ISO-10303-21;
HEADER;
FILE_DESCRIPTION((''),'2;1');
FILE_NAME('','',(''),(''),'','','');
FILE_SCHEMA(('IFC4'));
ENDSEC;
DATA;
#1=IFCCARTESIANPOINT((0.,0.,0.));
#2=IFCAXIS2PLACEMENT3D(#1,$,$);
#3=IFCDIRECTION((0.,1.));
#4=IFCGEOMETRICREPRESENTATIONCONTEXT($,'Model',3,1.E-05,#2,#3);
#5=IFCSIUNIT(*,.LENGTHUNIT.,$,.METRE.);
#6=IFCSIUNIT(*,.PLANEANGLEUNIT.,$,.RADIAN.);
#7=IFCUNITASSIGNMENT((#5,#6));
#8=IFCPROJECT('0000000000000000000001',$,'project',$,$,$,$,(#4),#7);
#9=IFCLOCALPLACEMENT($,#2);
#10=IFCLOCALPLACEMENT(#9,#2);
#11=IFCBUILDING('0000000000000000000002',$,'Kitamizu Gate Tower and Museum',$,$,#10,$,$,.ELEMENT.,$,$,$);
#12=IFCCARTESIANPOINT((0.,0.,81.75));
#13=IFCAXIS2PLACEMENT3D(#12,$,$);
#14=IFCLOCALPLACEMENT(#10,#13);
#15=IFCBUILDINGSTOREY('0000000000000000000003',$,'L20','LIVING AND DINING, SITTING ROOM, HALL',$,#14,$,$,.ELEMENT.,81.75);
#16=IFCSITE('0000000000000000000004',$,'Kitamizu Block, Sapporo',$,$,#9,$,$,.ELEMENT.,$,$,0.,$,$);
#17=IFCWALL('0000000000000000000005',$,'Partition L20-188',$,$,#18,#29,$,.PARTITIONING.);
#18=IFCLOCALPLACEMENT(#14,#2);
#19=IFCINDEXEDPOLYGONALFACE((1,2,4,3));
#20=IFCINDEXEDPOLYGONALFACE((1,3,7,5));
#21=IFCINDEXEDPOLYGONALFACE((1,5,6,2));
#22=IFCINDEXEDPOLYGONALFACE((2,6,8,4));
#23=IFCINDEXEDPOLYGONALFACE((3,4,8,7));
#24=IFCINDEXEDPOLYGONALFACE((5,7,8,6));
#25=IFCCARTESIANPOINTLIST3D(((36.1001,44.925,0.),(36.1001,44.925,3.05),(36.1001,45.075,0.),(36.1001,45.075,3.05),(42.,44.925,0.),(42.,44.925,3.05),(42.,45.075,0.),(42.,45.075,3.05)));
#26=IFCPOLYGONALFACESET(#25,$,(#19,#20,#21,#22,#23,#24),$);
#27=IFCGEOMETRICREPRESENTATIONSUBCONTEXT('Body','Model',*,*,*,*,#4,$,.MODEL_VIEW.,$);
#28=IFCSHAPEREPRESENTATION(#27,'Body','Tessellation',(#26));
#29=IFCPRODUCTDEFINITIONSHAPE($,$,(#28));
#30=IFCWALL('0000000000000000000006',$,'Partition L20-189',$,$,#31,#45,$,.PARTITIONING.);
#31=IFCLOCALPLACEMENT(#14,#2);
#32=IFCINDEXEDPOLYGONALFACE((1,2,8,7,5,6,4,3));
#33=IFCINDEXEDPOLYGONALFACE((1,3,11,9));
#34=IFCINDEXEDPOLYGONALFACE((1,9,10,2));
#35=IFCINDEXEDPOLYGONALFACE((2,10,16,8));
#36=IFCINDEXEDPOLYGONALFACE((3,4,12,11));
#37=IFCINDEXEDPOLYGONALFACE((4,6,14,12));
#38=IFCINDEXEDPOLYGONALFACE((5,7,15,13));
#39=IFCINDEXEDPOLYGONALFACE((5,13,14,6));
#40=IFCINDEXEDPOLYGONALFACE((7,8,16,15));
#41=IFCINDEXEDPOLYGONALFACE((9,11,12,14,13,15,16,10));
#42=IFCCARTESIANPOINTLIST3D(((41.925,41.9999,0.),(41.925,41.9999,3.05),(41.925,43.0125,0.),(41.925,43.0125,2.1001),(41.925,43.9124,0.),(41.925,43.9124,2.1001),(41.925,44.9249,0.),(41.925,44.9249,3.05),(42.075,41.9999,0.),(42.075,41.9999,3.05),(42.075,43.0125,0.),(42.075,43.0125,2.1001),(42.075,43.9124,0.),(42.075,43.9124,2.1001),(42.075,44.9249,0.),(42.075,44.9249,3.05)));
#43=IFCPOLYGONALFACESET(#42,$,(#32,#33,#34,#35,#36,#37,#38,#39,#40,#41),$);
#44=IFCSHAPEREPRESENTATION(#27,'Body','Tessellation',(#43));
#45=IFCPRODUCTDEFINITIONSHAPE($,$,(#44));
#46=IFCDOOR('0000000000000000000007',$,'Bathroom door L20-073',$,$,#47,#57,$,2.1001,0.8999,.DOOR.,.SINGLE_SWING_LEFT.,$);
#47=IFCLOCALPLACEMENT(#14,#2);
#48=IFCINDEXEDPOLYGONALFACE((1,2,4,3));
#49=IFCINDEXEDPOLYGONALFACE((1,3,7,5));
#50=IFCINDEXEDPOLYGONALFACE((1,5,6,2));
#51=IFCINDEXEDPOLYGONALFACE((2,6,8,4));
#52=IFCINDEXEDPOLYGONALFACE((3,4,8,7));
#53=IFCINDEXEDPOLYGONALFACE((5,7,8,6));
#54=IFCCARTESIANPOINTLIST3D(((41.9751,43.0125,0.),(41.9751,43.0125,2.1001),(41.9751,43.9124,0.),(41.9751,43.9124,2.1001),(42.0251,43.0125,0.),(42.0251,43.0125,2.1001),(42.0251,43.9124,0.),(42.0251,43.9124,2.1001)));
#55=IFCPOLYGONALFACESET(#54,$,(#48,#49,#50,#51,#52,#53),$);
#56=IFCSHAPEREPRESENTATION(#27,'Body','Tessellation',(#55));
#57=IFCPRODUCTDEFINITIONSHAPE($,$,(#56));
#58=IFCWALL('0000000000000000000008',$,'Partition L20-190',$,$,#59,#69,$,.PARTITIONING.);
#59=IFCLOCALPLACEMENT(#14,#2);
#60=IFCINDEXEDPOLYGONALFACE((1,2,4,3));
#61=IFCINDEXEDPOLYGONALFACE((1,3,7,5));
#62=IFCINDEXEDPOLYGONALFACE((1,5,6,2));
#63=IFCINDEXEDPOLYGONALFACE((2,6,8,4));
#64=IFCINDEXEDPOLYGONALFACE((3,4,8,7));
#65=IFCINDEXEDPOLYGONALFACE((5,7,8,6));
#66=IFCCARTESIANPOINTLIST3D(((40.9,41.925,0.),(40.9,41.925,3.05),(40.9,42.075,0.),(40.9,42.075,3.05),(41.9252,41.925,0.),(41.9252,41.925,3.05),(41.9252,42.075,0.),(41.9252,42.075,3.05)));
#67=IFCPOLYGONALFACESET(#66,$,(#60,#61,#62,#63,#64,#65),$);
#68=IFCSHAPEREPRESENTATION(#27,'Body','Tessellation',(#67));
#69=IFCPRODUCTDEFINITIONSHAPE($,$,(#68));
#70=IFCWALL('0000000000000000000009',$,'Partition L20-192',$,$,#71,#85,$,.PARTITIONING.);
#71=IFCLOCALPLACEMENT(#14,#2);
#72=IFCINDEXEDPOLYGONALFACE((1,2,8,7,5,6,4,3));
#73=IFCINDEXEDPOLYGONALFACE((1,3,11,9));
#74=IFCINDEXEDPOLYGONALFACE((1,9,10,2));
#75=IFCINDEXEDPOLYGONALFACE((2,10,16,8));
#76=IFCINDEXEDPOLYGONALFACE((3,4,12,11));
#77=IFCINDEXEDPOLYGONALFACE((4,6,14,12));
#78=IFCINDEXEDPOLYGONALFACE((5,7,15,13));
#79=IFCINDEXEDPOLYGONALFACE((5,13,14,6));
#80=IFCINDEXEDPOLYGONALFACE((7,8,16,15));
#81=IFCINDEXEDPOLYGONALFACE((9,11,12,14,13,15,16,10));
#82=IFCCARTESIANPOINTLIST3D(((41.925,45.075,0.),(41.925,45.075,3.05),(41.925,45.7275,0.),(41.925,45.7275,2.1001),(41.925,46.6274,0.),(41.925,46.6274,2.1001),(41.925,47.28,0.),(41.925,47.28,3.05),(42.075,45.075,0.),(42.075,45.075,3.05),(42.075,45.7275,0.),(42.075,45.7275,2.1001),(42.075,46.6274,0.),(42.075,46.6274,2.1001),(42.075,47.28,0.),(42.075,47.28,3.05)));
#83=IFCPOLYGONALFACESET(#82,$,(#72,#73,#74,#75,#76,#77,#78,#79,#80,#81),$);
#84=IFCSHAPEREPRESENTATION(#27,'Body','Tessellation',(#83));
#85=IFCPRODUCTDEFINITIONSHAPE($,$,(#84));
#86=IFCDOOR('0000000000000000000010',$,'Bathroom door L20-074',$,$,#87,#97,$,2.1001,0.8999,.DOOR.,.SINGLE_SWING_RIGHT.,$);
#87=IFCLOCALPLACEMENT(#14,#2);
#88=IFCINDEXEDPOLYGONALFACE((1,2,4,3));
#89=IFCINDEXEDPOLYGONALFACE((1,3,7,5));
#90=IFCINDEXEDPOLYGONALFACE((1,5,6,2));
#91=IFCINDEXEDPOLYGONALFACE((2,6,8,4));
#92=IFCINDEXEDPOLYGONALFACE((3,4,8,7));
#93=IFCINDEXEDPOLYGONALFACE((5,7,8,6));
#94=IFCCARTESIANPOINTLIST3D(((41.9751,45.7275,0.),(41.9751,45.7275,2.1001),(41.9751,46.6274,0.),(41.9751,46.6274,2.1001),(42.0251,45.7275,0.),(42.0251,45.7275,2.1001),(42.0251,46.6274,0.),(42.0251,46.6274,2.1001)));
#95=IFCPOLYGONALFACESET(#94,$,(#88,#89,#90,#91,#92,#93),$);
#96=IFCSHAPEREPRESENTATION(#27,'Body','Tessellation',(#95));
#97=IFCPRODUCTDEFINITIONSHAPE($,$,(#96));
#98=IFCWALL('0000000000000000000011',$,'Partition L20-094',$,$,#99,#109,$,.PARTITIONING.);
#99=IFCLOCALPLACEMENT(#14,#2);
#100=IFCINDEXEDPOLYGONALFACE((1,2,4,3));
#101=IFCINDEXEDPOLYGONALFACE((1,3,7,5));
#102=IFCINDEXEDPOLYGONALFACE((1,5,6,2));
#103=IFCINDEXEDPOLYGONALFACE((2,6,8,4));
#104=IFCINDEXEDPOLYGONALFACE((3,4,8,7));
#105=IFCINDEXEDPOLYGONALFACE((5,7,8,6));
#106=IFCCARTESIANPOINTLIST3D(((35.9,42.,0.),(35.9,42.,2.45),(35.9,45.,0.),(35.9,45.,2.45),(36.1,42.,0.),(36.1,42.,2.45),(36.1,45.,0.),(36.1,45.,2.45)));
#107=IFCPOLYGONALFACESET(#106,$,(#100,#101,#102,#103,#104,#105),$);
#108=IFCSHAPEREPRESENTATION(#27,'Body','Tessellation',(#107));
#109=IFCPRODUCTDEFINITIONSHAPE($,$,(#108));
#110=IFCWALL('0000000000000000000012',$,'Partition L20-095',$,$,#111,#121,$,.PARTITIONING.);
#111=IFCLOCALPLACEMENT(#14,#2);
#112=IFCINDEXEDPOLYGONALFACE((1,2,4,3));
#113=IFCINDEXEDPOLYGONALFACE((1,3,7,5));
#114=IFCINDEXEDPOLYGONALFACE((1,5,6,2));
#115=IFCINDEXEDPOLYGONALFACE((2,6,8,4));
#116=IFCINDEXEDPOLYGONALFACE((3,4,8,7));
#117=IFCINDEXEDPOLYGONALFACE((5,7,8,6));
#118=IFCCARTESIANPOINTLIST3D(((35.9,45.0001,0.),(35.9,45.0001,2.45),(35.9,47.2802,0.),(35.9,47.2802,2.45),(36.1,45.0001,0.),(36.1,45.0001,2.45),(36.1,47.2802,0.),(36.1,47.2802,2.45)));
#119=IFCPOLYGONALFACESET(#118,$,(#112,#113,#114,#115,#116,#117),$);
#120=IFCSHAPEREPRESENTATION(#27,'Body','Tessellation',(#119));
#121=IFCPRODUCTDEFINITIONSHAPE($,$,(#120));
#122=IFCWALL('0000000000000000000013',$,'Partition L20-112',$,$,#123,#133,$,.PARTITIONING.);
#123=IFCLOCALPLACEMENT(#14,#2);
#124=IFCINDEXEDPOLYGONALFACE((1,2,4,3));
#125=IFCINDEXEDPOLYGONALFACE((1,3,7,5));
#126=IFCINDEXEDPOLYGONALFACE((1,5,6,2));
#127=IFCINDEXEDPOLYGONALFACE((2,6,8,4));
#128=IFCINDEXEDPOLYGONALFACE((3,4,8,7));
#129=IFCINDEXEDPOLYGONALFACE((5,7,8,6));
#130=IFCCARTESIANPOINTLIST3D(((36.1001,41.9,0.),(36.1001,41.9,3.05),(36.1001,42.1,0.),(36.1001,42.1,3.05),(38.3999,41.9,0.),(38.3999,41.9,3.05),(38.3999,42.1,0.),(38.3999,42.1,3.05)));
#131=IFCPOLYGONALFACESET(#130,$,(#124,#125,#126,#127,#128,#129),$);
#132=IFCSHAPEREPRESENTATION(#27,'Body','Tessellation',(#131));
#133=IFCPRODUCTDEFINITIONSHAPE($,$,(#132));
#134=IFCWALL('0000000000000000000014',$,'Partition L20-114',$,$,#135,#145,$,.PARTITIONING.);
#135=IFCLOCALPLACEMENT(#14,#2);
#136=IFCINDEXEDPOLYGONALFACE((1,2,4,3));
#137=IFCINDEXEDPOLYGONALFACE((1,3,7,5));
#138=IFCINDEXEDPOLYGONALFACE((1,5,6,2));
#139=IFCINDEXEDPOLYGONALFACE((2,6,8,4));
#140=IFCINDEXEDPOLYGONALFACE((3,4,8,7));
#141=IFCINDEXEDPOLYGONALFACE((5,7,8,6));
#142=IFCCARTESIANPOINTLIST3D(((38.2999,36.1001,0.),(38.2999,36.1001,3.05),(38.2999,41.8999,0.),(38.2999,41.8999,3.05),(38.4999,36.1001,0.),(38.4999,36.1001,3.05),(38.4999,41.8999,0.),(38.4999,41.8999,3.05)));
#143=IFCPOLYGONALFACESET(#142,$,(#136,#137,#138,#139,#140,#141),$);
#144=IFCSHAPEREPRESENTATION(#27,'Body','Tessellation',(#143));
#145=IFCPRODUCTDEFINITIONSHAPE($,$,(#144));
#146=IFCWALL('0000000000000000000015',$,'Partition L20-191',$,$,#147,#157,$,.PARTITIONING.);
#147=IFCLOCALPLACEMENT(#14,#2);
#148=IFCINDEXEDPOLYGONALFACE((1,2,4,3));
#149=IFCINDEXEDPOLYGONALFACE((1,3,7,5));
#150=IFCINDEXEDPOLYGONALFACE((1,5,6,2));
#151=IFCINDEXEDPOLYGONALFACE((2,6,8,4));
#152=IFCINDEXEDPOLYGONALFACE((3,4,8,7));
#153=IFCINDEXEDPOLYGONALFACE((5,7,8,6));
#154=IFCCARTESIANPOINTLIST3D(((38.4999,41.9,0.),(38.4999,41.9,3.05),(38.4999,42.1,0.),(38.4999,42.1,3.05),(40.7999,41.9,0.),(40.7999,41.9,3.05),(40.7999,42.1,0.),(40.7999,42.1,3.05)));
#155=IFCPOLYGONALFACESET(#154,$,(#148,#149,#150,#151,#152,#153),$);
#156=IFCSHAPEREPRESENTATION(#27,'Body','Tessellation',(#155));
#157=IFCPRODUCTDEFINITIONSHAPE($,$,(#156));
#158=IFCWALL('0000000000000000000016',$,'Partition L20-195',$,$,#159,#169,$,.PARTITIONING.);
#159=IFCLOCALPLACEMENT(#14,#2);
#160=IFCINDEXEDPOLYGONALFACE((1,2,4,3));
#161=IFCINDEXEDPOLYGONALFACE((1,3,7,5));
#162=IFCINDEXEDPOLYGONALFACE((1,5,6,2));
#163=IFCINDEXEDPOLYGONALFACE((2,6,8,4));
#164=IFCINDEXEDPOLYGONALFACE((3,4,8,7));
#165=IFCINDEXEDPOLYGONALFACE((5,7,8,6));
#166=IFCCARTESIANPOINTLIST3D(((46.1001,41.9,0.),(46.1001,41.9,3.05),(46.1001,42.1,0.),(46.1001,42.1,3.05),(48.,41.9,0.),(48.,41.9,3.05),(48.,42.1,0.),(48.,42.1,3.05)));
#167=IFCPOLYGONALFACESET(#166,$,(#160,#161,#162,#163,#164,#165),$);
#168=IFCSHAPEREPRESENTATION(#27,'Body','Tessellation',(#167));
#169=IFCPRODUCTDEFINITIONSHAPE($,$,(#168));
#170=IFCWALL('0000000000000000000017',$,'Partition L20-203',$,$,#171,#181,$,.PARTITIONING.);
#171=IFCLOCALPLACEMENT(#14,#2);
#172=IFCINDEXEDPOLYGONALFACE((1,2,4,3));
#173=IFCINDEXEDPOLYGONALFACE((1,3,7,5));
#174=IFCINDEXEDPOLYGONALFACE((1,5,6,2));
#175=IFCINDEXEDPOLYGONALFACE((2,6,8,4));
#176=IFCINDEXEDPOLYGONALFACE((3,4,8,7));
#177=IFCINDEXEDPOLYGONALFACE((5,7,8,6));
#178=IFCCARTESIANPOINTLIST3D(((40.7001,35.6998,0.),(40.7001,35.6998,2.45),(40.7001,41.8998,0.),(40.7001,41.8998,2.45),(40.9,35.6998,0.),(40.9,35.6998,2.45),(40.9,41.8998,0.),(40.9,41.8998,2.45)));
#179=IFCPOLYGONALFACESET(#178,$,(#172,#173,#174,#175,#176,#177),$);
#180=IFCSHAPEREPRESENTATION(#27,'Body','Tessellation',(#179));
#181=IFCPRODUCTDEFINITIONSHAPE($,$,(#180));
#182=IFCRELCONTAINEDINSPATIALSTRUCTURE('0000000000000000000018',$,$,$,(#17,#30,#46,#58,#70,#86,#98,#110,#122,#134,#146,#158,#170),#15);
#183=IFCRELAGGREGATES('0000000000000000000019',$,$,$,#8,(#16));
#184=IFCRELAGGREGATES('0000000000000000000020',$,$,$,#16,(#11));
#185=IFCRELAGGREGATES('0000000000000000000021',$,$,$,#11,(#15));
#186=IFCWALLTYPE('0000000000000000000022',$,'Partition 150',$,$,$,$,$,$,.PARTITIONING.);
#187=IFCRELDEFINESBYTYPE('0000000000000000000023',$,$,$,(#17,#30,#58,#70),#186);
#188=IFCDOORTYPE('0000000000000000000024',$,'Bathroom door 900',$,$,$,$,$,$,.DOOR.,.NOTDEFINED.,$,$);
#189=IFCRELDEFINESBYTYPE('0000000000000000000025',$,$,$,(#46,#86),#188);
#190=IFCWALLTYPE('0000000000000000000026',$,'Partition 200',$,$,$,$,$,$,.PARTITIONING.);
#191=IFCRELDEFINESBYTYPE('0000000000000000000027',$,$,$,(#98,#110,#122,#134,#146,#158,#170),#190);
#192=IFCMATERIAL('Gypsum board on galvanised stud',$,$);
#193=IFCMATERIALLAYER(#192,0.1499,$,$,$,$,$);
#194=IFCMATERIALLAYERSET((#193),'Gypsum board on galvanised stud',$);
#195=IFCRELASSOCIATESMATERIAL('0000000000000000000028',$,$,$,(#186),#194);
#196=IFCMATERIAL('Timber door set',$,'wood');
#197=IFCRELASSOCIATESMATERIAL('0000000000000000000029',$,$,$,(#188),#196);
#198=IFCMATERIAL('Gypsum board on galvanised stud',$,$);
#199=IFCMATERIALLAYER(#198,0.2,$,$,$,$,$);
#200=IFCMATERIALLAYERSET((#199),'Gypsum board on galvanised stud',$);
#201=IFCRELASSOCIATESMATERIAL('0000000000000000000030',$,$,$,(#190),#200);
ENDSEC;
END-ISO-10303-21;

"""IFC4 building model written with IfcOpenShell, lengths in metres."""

from ifc_helpers import new_model, si_unit, direction, frame, frame_2d, origin, place, context, subcontext, project, spatial, rectangle, extrude, material, layer, layer_set, type_object, element, fill, save


model = new_model("IFC4")

# Units and contexts
model_context = context("Model", 3, precision=1e-05, world=origin(), true_north=direction((0.0, 1.0)))
body_context = subcontext(model_context, "Body", "Model", "MODEL_VIEW")
ifc_project = project(units=[si_unit("LENGTHUNIT", "METRE"), si_unit("PLANEANGLEUNIT", "RADIAN")], contexts=[model_context])

# Site, building, storey
site_placement = place(None, origin())
site = spatial("IfcSite", under=ifc_project, at=site_placement, Name="Kitamizu Block, Sapporo", CompositionType="ELEMENT", RefElevation=0.0)
building_placement = place(site_placement, origin())
building = spatial("IfcBuilding", under=site, at=building_placement, Name="Kitamizu Gate Tower and Museum", CompositionType="ELEMENT")
storey_placement = place(building_placement, frame((0.0, 0.0, 81.75)))
storey = spatial("IfcBuildingStorey", under=building, at=storey_placement, Name="L20", Description="LIVING AND DINING, SITTING ROOM, HALL", CompositionType="ELEMENT", Elevation=81.75)

# Wall
ifc_material_1 = material(Name="Gypsum board on galvanised stud")
ifc_layer_1 = layer(ifc_material_1, 0.1499)
ifc_layer_set_1 = layer_set([ifc_layer_1], Name="Gypsum board on galvanised stud")
wall_type_1 = type_object("IfcWallType", Name="Partition 150", PredefinedType="PARTITIONING", material=ifc_layer_set_1)
wall_1_placement = place(storey_placement, frame((42.0, 45.0, 0.0), z_axis=(0.0, 0.0, 1.0), x_axis=(-1.0, 0.0, 0.0)))
element("IfcWall", 1, at=wall_1_placement, inside=storey, type_object=wall_type_1, Name="Partition L20-188", PredefinedType="PARTITIONING", context=body_context, shape_type="SweptSolid", body=[
    extrude(rectangle(XDim=5.8999, YDim=0.1499, at=frame_2d((2.95, 0.0))), origin(), (0.0, 0.0, 1.0), 3.05),
])

# Wall, opening, door
wall_2_placement = place(storey_placement, frame((42.0, 42.0, 0.0), z_axis=(0.0, 0.0, 1.0), x_axis=(0.0, 1.0, 0.0)))
wall_2 = element("IfcWall", 2, at=wall_2_placement, inside=storey, type_object=wall_type_1, Name="Partition L20-189", PredefinedType="PARTITIONING", context=body_context, shape_type="SweptSolid", body=[
    extrude(rectangle(XDim=2.925, YDim=0.1499, at=frame_2d((1.4624, 0.0))), origin(), (0.0, 0.0, 1.0), 3.05),
])
opening_1_placement = place(wall_2_placement, frame((1.0125, 0.0, 0.0)))
opening_1 = element("IfcOpeningElement", 3, at=opening_1_placement, cuts=wall_2, PredefinedType="OPENING", context=body_context, shape_type="SweptSolid", body=[
    extrude(rectangle(XDim=0.8999, YDim=2.1001, at=frame_2d((0.45, 1.05))), frame((0.0, 0.085, 0.0), z_axis=(0.0, -1.0, 0.0), x_axis=(1.0, 0.0, 0.0)), (0.0, 0.0, 1.0), 0.1699),
])
ifc_material_2 = material(Name="Timber door set", Category="wood")
door_type_1 = type_object("IfcDoorType", Name="Bathroom door 900", OperationType="NOTDEFINED", PredefinedType="DOOR", material=ifc_material_2)
door_1_placement = place(opening_1_placement, origin())
door_1 = element("IfcDoor", 4, at=door_1_placement, inside=storey, type_object=door_type_1, Name="Bathroom door L20-073", OperationType="SINGLE_SWING_LEFT", OverallHeight=2.1001, OverallWidth=0.8999, PredefinedType="DOOR", context=body_context, shape_type="SweptSolid", body=[
    extrude(rectangle(XDim=0.8999, YDim=2.1001, at=frame_2d((0.45, 1.05))), frame((0.0, 0.0249, 0.0), z_axis=(0.0, -1.0, 0.0), x_axis=(1.0, 0.0, 0.0)), (0.0, 0.0, 1.0), 0.05),
])
fill(opening_1, door_1)

# Wall
wall_3_placement = place(storey_placement, frame((40.8999, 42.0, 0.0), z_axis=(0.0, 0.0, 1.0), x_axis=(1.0, 0.0, 0.0)))
element("IfcWall", 5, at=wall_3_placement, inside=storey, type_object=wall_type_1, Name="Partition L20-190", PredefinedType="PARTITIONING", context=body_context, shape_type="SweptSolid", body=[
    extrude(rectangle(XDim=1.0251, YDim=0.1499, at=frame_2d((0.5127, 0.0))), origin(), (0.0, 0.0, 1.0), 3.05),
])

# Wall, opening, door
wall_4_placement = place(storey_placement, frame((42.0, 45.075, 0.0), z_axis=(0.0, 0.0, 1.0), x_axis=(0.0, 1.0, 0.0)))
wall_4 = element("IfcWall", 6, at=wall_4_placement, inside=storey, type_object=wall_type_1, Name="Partition L20-192", PredefinedType="PARTITIONING", context=body_context, shape_type="SweptSolid", body=[
    extrude(rectangle(XDim=2.2051, YDim=0.1499, at=frame_2d((1.1025, 0.0))), origin(), (0.0, 0.0, 1.0), 3.05),
])
opening_2_placement = place(wall_4_placement, frame((0.6526, 0.0, 0.0)))
opening_2 = element("IfcOpeningElement", 7, at=opening_2_placement, cuts=wall_4, PredefinedType="OPENING", context=body_context, shape_type="SweptSolid", body=[
    extrude(rectangle(XDim=0.8999, YDim=2.1001, at=frame_2d((0.45, 1.05))), frame((0.0, 0.085, 0.0), z_axis=(0.0, -1.0, 0.0), x_axis=(1.0, 0.0, 0.0)), (0.0, 0.0, 1.0), 0.1699),
])
door_2_placement = place(opening_2_placement, origin())
door_2 = element("IfcDoor", 8, at=door_2_placement, inside=storey, type_object=door_type_1, Name="Bathroom door L20-074", OperationType="SINGLE_SWING_RIGHT", OverallHeight=2.1001, OverallWidth=0.8999, PredefinedType="DOOR", context=body_context, shape_type="SweptSolid", body=[
    extrude(rectangle(XDim=0.8999, YDim=2.1001, at=frame_2d((0.45, 1.05))), frame((0.0, 0.0249, 0.0), z_axis=(0.0, -1.0, 0.0), x_axis=(1.0, 0.0, 0.0)), (0.0, 0.0, 1.0), 0.05),
])
fill(opening_2, door_2)

# Walls
ifc_material_3 = material(Name="Gypsum board on galvanised stud")
ifc_layer_2 = layer(ifc_material_3, 0.2)
ifc_layer_set_2 = layer_set([ifc_layer_2], Name="Gypsum board on galvanised stud")
wall_type_2 = type_object("IfcWallType", Name="Partition 200", PredefinedType="PARTITIONING", material=ifc_layer_set_2)
wall_5_placement = place(storey_placement, frame((36.0, 42.0, 0.0), z_axis=(0.0, 0.0, 1.0), x_axis=(0.0, 1.0, 0.0)))
element("IfcWall", 9, at=wall_5_placement, inside=storey, type_object=wall_type_2, Name="Partition L20-094", PredefinedType="PARTITIONING", context=body_context, shape_type="SweptSolid", body=[
    extrude(rectangle(XDim=3.0, YDim=0.2, at=frame_2d((1.5, 0.0))), origin(), (0.0, 0.0, 1.0), 2.45),
])
wall_6_placement = place(storey_placement, frame((36.0, 45.0, 0.0), z_axis=(0.0, 0.0, 1.0), x_axis=(0.0, 1.0, 0.0)))
element("IfcWall", 10, at=wall_6_placement, inside=storey, type_object=wall_type_2, Name="Partition L20-095", PredefinedType="PARTITIONING", context=body_context, shape_type="SweptSolid", body=[
    extrude(rectangle(XDim=2.28, YDim=0.2, at=frame_2d((1.1401, 0.0))), origin(), (0.0, 0.0, 1.0), 2.45),
])
wall_7_placement = place(storey_placement, frame((38.3999, 42.0, 0.0), z_axis=(0.0, 0.0, 1.0), x_axis=(-1.0, 0.0, 0.0)))
element("IfcWall", 11, at=wall_7_placement, inside=storey, type_object=wall_type_2, Name="Partition L20-112", PredefinedType="PARTITIONING", context=body_context, shape_type="SweptSolid", body=[
    extrude(rectangle(XDim=2.2998, YDim=0.2, at=frame_2d((1.1499, 0.0))), origin(), (0.0, 0.0, 1.0), 3.05),
])
wall_8_placement = place(storey_placement, frame((38.3999, 36.1001, 0.0), z_axis=(0.0, 0.0, 1.0), x_axis=(0.0, 1.0, 0.0)))
element("IfcWall", 12, at=wall_8_placement, inside=storey, type_object=wall_type_2, Name="Partition L20-114", PredefinedType="PARTITIONING", context=body_context, shape_type="SweptSolid", body=[
    extrude(rectangle(XDim=5.7998, YDim=0.2, at=frame_2d((2.8999, 0.0))), origin(), (0.0, 0.0, 1.0), 3.05),
])
wall_9_placement = place(storey_placement, frame((38.5, 42.0, 0.0), z_axis=(0.0, 0.0, 1.0), x_axis=(1.0, 0.0, 0.0)))
element("IfcWall", 13, at=wall_9_placement, inside=storey, type_object=wall_type_2, Name="Partition L20-191", PredefinedType="PARTITIONING", context=body_context, shape_type="SweptSolid", body=[
    extrude(rectangle(XDim=2.3, YDim=0.2, at=frame_2d((1.1499, 0.0))), origin(), (0.0, 0.0, 1.0), 3.05),
])
wall_10_placement = place(storey_placement, frame((46.1001, 42.0, 0.0), z_axis=(0.0, 0.0, 1.0), x_axis=(1.0, 0.0, 0.0)))
element("IfcWall", 14, at=wall_10_placement, inside=storey, type_object=wall_type_2, Name="Partition L20-195", PredefinedType="PARTITIONING", context=body_context, shape_type="SweptSolid", body=[
    extrude(rectangle(XDim=1.8999, YDim=0.2, at=frame_2d((0.95, 0.0))), origin(), (0.0, 0.0, 1.0), 3.05),
])
wall_11_placement = place(storey_placement, frame((40.8, 41.8999, 0.0), z_axis=(0.0, 0.0, 1.0), x_axis=(0.0, -1.0, 0.0)))
element("IfcWall", 15, at=wall_11_placement, inside=storey, type_object=wall_type_2, Name="Partition L20-203", PredefinedType="PARTITIONING", context=body_context, shape_type="SweptSolid", body=[
    extrude(rectangle(XDim=6.2, YDim=0.2, at=frame_2d((3.1001, 0.0))), origin(), (0.0, 0.0, 1.0), 2.45),
])

save(model, "model.ifc")
